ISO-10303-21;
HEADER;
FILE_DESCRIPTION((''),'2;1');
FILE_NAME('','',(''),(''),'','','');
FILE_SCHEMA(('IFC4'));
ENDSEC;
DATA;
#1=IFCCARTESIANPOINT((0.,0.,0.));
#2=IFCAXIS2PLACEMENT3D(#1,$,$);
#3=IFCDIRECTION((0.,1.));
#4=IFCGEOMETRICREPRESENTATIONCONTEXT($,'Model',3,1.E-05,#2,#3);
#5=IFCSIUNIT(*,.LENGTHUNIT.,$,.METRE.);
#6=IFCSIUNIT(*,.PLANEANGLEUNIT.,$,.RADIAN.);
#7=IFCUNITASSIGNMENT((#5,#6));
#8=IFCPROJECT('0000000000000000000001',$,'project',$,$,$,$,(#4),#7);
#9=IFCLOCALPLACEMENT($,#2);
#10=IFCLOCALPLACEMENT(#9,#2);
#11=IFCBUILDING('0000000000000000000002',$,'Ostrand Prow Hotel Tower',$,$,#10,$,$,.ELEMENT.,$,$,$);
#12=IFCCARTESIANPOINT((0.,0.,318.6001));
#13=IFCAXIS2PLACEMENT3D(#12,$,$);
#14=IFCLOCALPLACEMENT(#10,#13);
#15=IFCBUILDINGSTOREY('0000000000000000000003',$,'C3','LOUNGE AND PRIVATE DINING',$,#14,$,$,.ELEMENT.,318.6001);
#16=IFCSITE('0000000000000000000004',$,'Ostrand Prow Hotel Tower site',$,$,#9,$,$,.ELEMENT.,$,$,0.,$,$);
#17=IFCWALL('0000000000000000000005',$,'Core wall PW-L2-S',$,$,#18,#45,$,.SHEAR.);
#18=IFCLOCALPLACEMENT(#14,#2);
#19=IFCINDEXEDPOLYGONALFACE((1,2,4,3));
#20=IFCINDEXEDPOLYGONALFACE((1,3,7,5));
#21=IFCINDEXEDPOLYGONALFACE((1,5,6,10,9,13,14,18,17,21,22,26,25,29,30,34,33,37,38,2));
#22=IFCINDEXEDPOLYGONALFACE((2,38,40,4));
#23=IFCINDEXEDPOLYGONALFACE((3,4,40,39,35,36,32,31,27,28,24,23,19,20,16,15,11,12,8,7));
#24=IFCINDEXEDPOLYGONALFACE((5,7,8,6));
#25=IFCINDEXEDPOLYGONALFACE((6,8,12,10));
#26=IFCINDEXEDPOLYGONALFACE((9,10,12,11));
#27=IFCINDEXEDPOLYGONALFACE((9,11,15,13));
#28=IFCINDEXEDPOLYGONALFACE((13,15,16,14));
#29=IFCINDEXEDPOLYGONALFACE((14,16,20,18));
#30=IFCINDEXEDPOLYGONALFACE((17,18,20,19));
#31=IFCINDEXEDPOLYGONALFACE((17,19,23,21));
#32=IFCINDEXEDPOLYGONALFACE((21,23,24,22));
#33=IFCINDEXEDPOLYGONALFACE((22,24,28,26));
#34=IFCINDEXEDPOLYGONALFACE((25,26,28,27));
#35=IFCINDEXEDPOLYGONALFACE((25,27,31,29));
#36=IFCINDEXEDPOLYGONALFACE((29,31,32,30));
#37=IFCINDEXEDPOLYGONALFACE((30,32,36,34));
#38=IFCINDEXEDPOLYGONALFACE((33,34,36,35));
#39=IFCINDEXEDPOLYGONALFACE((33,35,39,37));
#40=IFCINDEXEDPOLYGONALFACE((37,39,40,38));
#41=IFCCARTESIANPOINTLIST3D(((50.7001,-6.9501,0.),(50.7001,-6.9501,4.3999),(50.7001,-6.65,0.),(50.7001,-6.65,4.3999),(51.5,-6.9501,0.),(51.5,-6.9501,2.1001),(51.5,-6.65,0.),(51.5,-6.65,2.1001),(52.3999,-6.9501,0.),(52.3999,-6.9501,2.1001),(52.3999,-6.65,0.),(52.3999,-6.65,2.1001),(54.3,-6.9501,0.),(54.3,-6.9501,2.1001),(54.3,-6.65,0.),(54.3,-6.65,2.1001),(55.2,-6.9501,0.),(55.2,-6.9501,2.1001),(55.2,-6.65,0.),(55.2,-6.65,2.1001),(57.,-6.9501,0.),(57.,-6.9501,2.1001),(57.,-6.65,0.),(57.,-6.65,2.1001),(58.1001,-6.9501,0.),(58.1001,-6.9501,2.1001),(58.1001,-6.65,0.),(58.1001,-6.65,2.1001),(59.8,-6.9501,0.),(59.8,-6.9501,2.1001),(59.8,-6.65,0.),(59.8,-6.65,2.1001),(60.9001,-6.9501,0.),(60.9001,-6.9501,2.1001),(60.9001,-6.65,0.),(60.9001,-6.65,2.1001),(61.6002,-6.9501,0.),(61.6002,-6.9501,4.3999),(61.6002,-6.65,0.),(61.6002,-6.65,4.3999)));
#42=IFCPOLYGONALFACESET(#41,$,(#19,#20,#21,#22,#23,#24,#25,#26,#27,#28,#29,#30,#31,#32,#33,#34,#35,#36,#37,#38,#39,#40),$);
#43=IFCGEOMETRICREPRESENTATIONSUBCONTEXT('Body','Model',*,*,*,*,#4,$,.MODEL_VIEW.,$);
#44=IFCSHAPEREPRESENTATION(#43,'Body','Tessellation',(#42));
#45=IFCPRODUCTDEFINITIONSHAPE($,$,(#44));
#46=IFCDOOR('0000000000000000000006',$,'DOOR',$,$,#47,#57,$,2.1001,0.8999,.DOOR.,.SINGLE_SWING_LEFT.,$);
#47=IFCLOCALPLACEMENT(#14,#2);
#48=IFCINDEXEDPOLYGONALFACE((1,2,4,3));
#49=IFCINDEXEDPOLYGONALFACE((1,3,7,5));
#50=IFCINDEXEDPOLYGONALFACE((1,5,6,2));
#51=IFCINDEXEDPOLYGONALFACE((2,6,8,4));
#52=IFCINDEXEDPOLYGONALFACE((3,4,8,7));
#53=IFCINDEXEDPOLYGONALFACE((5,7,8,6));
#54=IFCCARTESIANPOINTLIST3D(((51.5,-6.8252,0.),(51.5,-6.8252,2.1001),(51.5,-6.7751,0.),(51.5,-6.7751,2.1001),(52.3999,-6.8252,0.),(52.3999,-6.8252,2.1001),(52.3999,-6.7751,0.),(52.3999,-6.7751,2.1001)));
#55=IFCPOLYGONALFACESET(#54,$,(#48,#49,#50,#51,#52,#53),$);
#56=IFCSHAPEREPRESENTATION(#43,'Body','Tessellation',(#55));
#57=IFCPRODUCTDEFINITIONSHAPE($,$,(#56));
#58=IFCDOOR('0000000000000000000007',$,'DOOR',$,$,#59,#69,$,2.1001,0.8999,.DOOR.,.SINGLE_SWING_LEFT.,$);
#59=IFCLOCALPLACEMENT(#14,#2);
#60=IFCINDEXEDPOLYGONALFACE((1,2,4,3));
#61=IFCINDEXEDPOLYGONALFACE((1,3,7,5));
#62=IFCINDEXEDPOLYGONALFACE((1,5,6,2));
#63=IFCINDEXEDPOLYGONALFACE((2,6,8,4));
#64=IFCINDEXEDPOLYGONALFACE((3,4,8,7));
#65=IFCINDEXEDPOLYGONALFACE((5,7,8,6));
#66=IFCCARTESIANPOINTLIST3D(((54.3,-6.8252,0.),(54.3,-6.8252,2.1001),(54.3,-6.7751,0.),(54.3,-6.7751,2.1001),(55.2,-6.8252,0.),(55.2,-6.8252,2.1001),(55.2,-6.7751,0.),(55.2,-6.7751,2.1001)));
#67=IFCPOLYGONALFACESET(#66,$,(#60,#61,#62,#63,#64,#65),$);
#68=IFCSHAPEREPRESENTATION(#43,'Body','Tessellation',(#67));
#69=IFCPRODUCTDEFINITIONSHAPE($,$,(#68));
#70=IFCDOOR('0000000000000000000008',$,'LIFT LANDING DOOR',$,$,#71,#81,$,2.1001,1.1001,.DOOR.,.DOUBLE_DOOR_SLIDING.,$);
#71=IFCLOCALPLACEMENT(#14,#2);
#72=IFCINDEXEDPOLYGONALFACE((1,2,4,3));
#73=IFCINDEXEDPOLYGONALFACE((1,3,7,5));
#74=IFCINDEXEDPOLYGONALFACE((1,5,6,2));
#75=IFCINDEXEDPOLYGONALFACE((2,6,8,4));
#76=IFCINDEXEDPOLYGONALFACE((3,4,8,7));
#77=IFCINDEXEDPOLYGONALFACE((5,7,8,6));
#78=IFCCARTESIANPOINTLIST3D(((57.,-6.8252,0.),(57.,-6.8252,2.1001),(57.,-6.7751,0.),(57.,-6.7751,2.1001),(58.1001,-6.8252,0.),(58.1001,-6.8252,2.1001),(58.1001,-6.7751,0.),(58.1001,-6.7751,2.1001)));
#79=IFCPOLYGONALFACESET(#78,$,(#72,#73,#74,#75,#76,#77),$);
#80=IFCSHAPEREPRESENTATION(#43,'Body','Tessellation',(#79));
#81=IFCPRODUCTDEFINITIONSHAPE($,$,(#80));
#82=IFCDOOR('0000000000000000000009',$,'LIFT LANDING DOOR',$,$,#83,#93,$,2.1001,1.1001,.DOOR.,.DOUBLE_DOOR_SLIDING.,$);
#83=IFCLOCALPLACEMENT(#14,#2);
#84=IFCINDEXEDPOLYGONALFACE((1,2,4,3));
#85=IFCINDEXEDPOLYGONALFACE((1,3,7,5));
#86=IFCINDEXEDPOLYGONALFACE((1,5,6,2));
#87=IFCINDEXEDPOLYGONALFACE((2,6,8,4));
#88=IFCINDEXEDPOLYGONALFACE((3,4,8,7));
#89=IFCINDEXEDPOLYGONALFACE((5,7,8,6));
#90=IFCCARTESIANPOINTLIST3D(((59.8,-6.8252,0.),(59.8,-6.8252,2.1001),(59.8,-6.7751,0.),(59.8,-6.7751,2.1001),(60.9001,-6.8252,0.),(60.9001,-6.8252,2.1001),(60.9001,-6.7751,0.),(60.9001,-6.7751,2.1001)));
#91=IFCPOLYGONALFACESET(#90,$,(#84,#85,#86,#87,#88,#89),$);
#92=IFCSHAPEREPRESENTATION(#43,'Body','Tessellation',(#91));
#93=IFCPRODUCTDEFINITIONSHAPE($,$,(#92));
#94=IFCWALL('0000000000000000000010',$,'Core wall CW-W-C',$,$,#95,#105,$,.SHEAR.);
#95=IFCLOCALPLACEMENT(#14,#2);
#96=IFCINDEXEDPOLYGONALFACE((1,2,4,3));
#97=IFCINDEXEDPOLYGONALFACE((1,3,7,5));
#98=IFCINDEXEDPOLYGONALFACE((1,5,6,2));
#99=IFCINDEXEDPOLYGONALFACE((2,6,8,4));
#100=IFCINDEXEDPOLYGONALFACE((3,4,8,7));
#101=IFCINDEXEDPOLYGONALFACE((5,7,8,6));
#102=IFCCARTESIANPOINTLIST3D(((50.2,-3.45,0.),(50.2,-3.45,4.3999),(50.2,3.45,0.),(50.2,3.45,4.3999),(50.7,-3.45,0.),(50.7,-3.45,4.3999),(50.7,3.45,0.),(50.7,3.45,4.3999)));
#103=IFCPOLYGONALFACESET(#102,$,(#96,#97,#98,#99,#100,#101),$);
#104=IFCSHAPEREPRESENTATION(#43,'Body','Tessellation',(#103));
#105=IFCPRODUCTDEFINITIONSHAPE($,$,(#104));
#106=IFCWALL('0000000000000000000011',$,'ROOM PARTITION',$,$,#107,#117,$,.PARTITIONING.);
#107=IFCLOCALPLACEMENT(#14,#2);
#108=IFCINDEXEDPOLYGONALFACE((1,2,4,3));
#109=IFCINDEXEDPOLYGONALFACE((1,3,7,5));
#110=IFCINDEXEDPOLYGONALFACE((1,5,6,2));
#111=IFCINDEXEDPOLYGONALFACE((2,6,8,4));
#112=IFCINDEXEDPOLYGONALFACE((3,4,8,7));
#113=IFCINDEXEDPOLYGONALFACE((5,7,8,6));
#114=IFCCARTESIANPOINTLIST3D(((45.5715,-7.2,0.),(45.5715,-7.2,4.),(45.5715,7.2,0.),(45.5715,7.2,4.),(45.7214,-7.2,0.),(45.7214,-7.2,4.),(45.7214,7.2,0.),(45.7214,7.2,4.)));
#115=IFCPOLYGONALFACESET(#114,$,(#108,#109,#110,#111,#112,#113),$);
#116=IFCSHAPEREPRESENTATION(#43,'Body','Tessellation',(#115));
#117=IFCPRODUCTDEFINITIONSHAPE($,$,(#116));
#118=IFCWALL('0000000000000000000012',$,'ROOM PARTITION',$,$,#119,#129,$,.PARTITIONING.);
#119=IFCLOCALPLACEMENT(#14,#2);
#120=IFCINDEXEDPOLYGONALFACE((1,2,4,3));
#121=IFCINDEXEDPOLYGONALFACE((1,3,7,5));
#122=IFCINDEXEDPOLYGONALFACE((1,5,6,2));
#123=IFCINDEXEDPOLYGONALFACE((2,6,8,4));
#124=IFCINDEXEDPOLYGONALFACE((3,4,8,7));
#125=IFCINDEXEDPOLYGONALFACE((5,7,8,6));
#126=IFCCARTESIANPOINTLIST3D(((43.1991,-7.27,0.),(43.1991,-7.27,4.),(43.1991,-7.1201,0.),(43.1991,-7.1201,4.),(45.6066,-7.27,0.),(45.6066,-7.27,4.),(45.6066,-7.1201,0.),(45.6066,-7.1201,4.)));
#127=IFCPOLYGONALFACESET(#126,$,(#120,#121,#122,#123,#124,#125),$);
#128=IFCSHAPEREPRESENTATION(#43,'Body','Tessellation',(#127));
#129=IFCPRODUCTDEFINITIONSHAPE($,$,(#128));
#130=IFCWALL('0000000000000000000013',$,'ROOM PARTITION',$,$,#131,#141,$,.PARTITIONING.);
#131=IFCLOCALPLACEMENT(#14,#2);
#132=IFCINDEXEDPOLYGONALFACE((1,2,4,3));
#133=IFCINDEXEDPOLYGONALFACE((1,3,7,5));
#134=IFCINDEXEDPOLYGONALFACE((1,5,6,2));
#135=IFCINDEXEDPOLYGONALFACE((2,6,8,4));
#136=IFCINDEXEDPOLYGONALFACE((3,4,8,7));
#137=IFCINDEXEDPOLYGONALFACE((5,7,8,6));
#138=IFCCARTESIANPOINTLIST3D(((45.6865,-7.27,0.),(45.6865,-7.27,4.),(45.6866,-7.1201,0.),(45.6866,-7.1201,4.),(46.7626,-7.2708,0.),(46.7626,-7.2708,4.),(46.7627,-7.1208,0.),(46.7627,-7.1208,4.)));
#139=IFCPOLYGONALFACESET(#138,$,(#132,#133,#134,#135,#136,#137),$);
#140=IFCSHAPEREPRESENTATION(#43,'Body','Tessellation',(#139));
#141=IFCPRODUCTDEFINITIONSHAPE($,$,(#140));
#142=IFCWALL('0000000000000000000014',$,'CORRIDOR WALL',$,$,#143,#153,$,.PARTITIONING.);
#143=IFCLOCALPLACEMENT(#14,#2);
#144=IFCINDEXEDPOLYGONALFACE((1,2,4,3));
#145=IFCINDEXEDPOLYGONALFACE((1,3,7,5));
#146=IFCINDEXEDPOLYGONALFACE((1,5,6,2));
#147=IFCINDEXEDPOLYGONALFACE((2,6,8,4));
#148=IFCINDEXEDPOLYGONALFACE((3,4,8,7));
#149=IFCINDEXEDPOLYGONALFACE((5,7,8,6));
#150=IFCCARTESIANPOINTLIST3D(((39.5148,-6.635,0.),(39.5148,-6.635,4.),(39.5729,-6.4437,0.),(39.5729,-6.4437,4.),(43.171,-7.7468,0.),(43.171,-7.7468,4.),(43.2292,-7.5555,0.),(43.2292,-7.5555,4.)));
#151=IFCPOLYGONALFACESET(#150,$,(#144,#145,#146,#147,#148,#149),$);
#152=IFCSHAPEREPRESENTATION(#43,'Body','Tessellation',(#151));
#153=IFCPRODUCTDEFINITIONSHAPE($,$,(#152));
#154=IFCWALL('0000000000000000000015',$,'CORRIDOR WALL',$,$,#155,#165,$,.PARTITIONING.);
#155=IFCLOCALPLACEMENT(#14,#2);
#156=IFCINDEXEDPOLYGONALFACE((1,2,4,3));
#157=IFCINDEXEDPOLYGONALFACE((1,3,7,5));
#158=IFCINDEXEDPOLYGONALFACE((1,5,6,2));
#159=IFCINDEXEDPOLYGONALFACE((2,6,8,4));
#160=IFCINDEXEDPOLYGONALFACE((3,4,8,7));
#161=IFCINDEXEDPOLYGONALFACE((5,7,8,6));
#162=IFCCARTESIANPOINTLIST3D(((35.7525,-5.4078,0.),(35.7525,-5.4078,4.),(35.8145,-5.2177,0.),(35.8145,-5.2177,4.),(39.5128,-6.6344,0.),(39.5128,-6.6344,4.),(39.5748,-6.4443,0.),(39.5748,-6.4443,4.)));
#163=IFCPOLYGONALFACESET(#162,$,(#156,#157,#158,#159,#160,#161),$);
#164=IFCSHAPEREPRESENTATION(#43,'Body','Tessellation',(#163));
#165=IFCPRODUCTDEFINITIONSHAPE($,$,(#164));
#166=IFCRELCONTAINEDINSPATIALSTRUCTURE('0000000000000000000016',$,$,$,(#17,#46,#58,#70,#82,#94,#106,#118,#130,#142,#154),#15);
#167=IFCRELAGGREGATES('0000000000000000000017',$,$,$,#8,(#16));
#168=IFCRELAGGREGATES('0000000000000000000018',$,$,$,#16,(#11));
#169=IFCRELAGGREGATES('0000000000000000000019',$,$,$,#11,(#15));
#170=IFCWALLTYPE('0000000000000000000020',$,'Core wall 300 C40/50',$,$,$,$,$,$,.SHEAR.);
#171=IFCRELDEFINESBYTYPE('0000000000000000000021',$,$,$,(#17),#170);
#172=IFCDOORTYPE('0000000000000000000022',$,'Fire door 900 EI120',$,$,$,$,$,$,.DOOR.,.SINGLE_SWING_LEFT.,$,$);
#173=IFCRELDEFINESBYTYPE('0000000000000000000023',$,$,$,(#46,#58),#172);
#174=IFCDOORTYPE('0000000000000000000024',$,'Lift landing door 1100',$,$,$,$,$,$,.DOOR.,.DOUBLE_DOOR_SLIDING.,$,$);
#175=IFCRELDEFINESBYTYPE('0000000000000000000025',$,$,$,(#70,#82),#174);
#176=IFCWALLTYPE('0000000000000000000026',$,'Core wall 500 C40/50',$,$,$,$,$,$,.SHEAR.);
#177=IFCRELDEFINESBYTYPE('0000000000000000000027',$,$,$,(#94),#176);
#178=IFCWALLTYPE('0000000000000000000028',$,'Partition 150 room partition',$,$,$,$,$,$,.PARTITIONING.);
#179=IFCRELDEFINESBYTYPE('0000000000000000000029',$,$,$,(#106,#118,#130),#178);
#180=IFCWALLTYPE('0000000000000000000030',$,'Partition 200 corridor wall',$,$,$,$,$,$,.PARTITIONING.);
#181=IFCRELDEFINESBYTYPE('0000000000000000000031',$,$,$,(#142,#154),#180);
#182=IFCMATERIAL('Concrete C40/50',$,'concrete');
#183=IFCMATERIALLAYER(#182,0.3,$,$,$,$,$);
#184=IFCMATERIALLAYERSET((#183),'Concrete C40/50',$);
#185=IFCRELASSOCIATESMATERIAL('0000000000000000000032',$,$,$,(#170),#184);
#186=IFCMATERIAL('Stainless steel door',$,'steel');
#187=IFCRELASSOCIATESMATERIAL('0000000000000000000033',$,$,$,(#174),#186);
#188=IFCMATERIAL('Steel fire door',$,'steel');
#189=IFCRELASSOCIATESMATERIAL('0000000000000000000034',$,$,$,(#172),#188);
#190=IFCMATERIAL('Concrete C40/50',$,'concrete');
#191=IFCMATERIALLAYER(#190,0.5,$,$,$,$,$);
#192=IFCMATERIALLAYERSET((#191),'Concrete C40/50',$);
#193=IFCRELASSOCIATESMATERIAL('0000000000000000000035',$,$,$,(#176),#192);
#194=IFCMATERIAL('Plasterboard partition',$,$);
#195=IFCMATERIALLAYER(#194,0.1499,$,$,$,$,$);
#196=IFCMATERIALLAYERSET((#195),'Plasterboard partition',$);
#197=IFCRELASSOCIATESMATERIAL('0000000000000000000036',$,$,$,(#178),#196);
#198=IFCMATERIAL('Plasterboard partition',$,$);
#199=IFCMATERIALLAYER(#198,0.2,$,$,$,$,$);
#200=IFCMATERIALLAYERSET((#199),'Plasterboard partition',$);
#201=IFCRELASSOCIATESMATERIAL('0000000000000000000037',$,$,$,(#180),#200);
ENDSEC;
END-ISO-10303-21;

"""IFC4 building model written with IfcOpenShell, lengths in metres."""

from ifc_helpers import new_model, si_unit, direction, frame, frame_2d, origin, place, context, subcontext, project, spatial, rectangle, extrude, material, layer, layer_set, type_object, element, fill, save


model = new_model("IFC4")

# Units and contexts
model_context = context("Model", 3, precision=1e-05, world=origin(), true_north=direction((0.0, 1.0)))
body_context = subcontext(model_context, "Body", "Model", "MODEL_VIEW")
ifc_project = project(units=[si_unit("LENGTHUNIT", "METRE"), si_unit("PLANEANGLEUNIT", "RADIAN")], contexts=[model_context])

# Site, building, storey
site_placement = place(None, origin())
site = spatial("IfcSite", under=ifc_project, at=site_placement, Name="Ostrand Prow Hotel Tower site", CompositionType="ELEMENT", RefElevation=0.0)
building_placement = place(site_placement, origin())
building = spatial("IfcBuilding", under=site, at=building_placement, Name="Ostrand Prow Hotel Tower", CompositionType="ELEMENT")
storey_placement = place(building_placement, frame((0.0, 0.0, 318.6001)))
storey = spatial("IfcBuildingStorey", under=building, at=storey_placement, Name="C3", Description="LOUNGE AND PRIVATE DINING", CompositionType="ELEMENT", Elevation=318.6001)

# Shared definitions
ifc_material_1 = material(Name="Concrete C40/50", Category="concrete")
ifc_layer_1 = layer(ifc_material_1, 0.3)
ifc_layer_set_1 = layer_set([ifc_layer_1], Name="Concrete C40/50")
wall_type_1 = type_object("IfcWallType", Name="Core wall 300 C40/50", PredefinedType="SHEAR", material=ifc_layer_set_1)

# Wall, openings, doors
ifc_material_2 = material(Name="Stainless steel door", Category="steel")
door_type_1 = type_object("IfcDoorType", Name="Lift landing door 1100", OperationType="DOUBLE_DOOR_SLIDING", PredefinedType="DOOR", material=ifc_material_2)
wall_1_placement = place(storey_placement, frame((50.7, -6.8, 0.0), z_axis=(0.0, 0.0, 1.0), x_axis=(1.0, 0.0, 0.0)))
wall_1 = element("IfcWall", 1, at=wall_1_placement, inside=storey, type_object=wall_type_1, Name="Core wall PW-L2-S", PredefinedType="SHEAR", context=body_context, shape_type="SweptSolid", body=[
    extrude(rectangle(XDim=10.9001, YDim=0.3, at=frame_2d((5.4502, 0.0))), origin(), (0.0, 0.0, 1.0), 4.3999),
])
opening_1_placement = place(wall_1_placement, frame((6.3, 0.0, 0.0)))
opening_1 = element("IfcOpeningElement", 2, at=opening_1_placement, cuts=wall_1, PredefinedType="OPENING", context=body_context, shape_type="SweptSolid", body=[
    extrude(rectangle(XDim=1.1001, YDim=2.1001, at=frame_2d((0.55, 1.05))), frame((0.0, 0.1599, 0.0), z_axis=(0.0, -1.0, 0.0), x_axis=(1.0, 0.0, 0.0)), (0.0, 0.0, 1.0), 0.3201),
])
opening_2_placement = place(wall_1_placement, frame((9.1001, 0.0, 0.0)))
opening_2 = element("IfcOpeningElement", 3, at=opening_2_placement, cuts=wall_1, PredefinedType="OPENING", context=body_context, shape_type="SweptSolid", body=[
    extrude(rectangle(XDim=1.1001, YDim=2.1001, at=frame_2d((0.55, 1.05))), frame((0.0, 0.1599, 0.0), z_axis=(0.0, -1.0, 0.0), x_axis=(1.0, 0.0, 0.0)), (0.0, 0.0, 1.0), 0.3201),
])
opening_3_placement = place(wall_1_placement, frame((0.8, 0.0, 0.0)))
opening_3 = element("IfcOpeningElement", 4, at=opening_3_placement, cuts=wall_1, PredefinedType="OPENING", context=body_context, shape_type="SweptSolid", body=[
    extrude(rectangle(XDim=0.8999, YDim=2.1001, at=frame_2d((0.45, 1.05))), frame((0.0, 0.1599, 0.0), z_axis=(0.0, -1.0, 0.0), x_axis=(1.0, 0.0, 0.0)), (0.0, 0.0, 1.0), 0.3201),
])
opening_4_placement = place(wall_1_placement, frame((3.6001, 0.0, 0.0)))
opening_4 = element("IfcOpeningElement", 5, at=opening_4_placement, cuts=wall_1, PredefinedType="OPENING", context=body_context, shape_type="SweptSolid", body=[
    extrude(rectangle(XDim=0.8999, YDim=2.1001, at=frame_2d((0.45, 1.05))), frame((0.0, 0.1599, 0.0), z_axis=(0.0, -1.0, 0.0), x_axis=(1.0, 0.0, 0.0)), (0.0, 0.0, 1.0), 0.3201),
])
ifc_material_3 = material(Name="Steel fire door", Category="steel")
door_type_2 = type_object("IfcDoorType", Name="Fire door 900 EI120", OperationType="SINGLE_SWING_LEFT", PredefinedType="DOOR", material=ifc_material_3)
door_1_placement = place(opening_3_placement, origin())
door_1 = element("IfcDoor", 6, at=door_1_placement, inside=storey, type_object=door_type_2, Name="DOOR", OperationType="SINGLE_SWING_LEFT", OverallHeight=2.1001, OverallWidth=0.8999, PredefinedType="DOOR", context=body_context, shape_type="SweptSolid", body=[
    extrude(rectangle(XDim=0.8999, YDim=2.1001, at=frame_2d((0.45, 1.05))), frame((0.0, 0.0249, 0.0), z_axis=(0.0, -1.0, 0.0), x_axis=(1.0, 0.0, 0.0)), (0.0, 0.0, 1.0), 0.05),
])
fill(opening_3, door_1)
door_2_placement = place(opening_4_placement, origin())
door_2 = element("IfcDoor", 7, at=door_2_placement, inside=storey, type_object=door_type_2, Name="DOOR", OperationType="SINGLE_SWING_LEFT", OverallHeight=2.1001, OverallWidth=0.8999, PredefinedType="DOOR", context=body_context, shape_type="SweptSolid", body=[
    extrude(rectangle(XDim=0.8999, YDim=2.1001, at=frame_2d((0.45, 1.05))), frame((0.0, 0.0249, 0.0), z_axis=(0.0, -1.0, 0.0), x_axis=(1.0, 0.0, 0.0)), (0.0, 0.0, 1.0), 0.05),
])
fill(opening_4, door_2)
door_3_placement = place(opening_1_placement, origin())
door_3 = element("IfcDoor", 8, at=door_3_placement, inside=storey, type_object=door_type_1, Name="LIFT LANDING DOOR", OperationType="DOUBLE_DOOR_SLIDING", OverallHeight=2.1001, OverallWidth=1.1001, PredefinedType="DOOR", context=body_context, shape_type="SweptSolid", body=[
    extrude(rectangle(XDim=1.1001, YDim=2.1001, at=frame_2d((0.55, 1.05))), frame((0.0, 0.0249, 0.0), z_axis=(0.0, -1.0, 0.0), x_axis=(1.0, 0.0, 0.0)), (0.0, 0.0, 1.0), 0.05),
])
fill(opening_1, door_3)
door_4_placement = place(opening_2_placement, origin())
door_4 = element("IfcDoor", 9, at=door_4_placement, inside=storey, type_object=door_type_1, Name="LIFT LANDING DOOR", OperationType="DOUBLE_DOOR_SLIDING", OverallHeight=2.1001, OverallWidth=1.1001, PredefinedType="DOOR", context=body_context, shape_type="SweptSolid", body=[
    extrude(rectangle(XDim=1.1001, YDim=2.1001, at=frame_2d((0.55, 1.05))), frame((0.0, 0.0249, 0.0), z_axis=(0.0, -1.0, 0.0), x_axis=(1.0, 0.0, 0.0)), (0.0, 0.0, 1.0), 0.05),
])
fill(opening_2, door_4)

# Walls
ifc_material_4 = material(Name="Concrete C40/50", Category="concrete")
ifc_layer_2 = layer(ifc_material_4, 0.5)
ifc_layer_set_2 = layer_set([ifc_layer_2], Name="Concrete C40/50")
wall_type_2 = type_object("IfcWallType", Name="Core wall 500 C40/50", PredefinedType="SHEAR", material=ifc_layer_set_2)
wall_2_placement = place(storey_placement, frame((50.45, -3.45, 0.0), z_axis=(0.0, 0.0, 1.0), x_axis=(0.0, 1.0, 0.0)))
element("IfcWall", 10, at=wall_2_placement, inside=storey, type_object=wall_type_2, Name="Core wall CW-W-C", PredefinedType="SHEAR", context=body_context, shape_type="SweptSolid", body=[
    extrude(rectangle(XDim=6.8999, YDim=0.5, at=frame_2d((3.45, 0.0))), origin(), (0.0, 0.0, 1.0), 4.3999),
])
ifc_material_5 = material(Name="Plasterboard partition")
ifc_layer_3 = layer(ifc_material_5, 0.1499)
ifc_layer_set_3 = layer_set([ifc_layer_3], Name="Plasterboard partition")
wall_type_3 = type_object("IfcWallType", Name="Partition 150 room partition", PredefinedType="PARTITIONING", material=ifc_layer_set_3)
wall_3_placement = place(storey_placement, frame((45.6465, -7.2, 0.0), z_axis=(0.0, 0.0, 1.0), x_axis=(0.0, 1.0, 0.0)))
element("IfcWall", 11, at=wall_3_placement, inside=storey, type_object=wall_type_3, Name="ROOM PARTITION", PredefinedType="PARTITIONING", context=body_context, shape_type="SweptSolid", body=[
    extrude(rectangle(XDim=14.3999, YDim=0.1499, at=frame_2d((7.2, 0.0))), origin(), (0.0, 0.0, 1.0), 4.0),
])
wall_4_placement = place(storey_placement, frame((45.6064, -7.1951, 0.0), z_axis=(0.0, 0.0, 1.0), x_axis=(-1.0, 0.0, 0.0)))
element("IfcWall", 12, at=wall_4_placement, inside=storey, type_object=wall_type_3, Name="ROOM PARTITION", PredefinedType="PARTITIONING", context=body_context, shape_type="SweptSolid", body=[
    extrude(rectangle(XDim=2.4075, YDim=0.1499, at=frame_2d((1.2036, 0.0))), origin(), (0.0, 0.0, 1.0), 4.0),
])
wall_5_placement = place(storey_placement, frame((46.7627, -7.1958, 0.0), z_axis=(0.0, 0.0, 1.0), x_axis=(-1.0, 0.000681, 0.0)))
element("IfcWall", 13, at=wall_5_placement, inside=storey, type_object=wall_type_3, Name="ROOM PARTITION", PredefinedType="PARTITIONING", context=body_context, shape_type="SweptSolid", body=[
    extrude(rectangle(XDim=1.0762, YDim=0.1499, at=frame_2d((0.5381, 0.0))), origin(), (0.0, 0.0, 1.0), 4.0),
])
ifc_material_6 = material(Name="Plasterboard partition")
ifc_layer_4 = layer(ifc_material_6, 0.2)
ifc_layer_set_4 = layer_set([ifc_layer_4], Name="Plasterboard partition")
wall_type_4 = type_object("IfcWallType", Name="Partition 200 corridor wall", PredefinedType="PARTITIONING", material=ifc_layer_set_4)
wall_6_placement = place(storey_placement, frame((43.2, -7.6511, 0.0), z_axis=(0.0, 0.0, 1.0), x_axis=(-0.956743, 0.290933, 0.0)))
element("IfcWall", 14, at=wall_6_placement, inside=storey, type_object=wall_type_4, Name="CORRIDOR WALL", PredefinedType="PARTITIONING", context=body_context, shape_type="SweptSolid", body=[
    extrude(rectangle(XDim=3.8215, YDim=0.2, at=frame_2d((1.9106, 0.0))), origin(), (0.0, 0.0, 1.0), 4.0),
])
wall_7_placement = place(storey_placement, frame((39.5437, -6.5393, 0.0), z_axis=(0.0, 0.0, 1.0), x_axis=(-0.950701, 0.31011, 0.0)))
element("IfcWall", 15, at=wall_7_placement, inside=storey, type_object=wall_type_4, Name="CORRIDOR WALL", PredefinedType="PARTITIONING", context=body_context, shape_type="SweptSolid", body=[
    extrude(rectangle(XDim=3.9553, YDim=0.2, at=frame_2d((1.9775, 0.0))), origin(), (0.0, 0.0, 1.0), 4.0),
])

save(model, "model.ifc")
